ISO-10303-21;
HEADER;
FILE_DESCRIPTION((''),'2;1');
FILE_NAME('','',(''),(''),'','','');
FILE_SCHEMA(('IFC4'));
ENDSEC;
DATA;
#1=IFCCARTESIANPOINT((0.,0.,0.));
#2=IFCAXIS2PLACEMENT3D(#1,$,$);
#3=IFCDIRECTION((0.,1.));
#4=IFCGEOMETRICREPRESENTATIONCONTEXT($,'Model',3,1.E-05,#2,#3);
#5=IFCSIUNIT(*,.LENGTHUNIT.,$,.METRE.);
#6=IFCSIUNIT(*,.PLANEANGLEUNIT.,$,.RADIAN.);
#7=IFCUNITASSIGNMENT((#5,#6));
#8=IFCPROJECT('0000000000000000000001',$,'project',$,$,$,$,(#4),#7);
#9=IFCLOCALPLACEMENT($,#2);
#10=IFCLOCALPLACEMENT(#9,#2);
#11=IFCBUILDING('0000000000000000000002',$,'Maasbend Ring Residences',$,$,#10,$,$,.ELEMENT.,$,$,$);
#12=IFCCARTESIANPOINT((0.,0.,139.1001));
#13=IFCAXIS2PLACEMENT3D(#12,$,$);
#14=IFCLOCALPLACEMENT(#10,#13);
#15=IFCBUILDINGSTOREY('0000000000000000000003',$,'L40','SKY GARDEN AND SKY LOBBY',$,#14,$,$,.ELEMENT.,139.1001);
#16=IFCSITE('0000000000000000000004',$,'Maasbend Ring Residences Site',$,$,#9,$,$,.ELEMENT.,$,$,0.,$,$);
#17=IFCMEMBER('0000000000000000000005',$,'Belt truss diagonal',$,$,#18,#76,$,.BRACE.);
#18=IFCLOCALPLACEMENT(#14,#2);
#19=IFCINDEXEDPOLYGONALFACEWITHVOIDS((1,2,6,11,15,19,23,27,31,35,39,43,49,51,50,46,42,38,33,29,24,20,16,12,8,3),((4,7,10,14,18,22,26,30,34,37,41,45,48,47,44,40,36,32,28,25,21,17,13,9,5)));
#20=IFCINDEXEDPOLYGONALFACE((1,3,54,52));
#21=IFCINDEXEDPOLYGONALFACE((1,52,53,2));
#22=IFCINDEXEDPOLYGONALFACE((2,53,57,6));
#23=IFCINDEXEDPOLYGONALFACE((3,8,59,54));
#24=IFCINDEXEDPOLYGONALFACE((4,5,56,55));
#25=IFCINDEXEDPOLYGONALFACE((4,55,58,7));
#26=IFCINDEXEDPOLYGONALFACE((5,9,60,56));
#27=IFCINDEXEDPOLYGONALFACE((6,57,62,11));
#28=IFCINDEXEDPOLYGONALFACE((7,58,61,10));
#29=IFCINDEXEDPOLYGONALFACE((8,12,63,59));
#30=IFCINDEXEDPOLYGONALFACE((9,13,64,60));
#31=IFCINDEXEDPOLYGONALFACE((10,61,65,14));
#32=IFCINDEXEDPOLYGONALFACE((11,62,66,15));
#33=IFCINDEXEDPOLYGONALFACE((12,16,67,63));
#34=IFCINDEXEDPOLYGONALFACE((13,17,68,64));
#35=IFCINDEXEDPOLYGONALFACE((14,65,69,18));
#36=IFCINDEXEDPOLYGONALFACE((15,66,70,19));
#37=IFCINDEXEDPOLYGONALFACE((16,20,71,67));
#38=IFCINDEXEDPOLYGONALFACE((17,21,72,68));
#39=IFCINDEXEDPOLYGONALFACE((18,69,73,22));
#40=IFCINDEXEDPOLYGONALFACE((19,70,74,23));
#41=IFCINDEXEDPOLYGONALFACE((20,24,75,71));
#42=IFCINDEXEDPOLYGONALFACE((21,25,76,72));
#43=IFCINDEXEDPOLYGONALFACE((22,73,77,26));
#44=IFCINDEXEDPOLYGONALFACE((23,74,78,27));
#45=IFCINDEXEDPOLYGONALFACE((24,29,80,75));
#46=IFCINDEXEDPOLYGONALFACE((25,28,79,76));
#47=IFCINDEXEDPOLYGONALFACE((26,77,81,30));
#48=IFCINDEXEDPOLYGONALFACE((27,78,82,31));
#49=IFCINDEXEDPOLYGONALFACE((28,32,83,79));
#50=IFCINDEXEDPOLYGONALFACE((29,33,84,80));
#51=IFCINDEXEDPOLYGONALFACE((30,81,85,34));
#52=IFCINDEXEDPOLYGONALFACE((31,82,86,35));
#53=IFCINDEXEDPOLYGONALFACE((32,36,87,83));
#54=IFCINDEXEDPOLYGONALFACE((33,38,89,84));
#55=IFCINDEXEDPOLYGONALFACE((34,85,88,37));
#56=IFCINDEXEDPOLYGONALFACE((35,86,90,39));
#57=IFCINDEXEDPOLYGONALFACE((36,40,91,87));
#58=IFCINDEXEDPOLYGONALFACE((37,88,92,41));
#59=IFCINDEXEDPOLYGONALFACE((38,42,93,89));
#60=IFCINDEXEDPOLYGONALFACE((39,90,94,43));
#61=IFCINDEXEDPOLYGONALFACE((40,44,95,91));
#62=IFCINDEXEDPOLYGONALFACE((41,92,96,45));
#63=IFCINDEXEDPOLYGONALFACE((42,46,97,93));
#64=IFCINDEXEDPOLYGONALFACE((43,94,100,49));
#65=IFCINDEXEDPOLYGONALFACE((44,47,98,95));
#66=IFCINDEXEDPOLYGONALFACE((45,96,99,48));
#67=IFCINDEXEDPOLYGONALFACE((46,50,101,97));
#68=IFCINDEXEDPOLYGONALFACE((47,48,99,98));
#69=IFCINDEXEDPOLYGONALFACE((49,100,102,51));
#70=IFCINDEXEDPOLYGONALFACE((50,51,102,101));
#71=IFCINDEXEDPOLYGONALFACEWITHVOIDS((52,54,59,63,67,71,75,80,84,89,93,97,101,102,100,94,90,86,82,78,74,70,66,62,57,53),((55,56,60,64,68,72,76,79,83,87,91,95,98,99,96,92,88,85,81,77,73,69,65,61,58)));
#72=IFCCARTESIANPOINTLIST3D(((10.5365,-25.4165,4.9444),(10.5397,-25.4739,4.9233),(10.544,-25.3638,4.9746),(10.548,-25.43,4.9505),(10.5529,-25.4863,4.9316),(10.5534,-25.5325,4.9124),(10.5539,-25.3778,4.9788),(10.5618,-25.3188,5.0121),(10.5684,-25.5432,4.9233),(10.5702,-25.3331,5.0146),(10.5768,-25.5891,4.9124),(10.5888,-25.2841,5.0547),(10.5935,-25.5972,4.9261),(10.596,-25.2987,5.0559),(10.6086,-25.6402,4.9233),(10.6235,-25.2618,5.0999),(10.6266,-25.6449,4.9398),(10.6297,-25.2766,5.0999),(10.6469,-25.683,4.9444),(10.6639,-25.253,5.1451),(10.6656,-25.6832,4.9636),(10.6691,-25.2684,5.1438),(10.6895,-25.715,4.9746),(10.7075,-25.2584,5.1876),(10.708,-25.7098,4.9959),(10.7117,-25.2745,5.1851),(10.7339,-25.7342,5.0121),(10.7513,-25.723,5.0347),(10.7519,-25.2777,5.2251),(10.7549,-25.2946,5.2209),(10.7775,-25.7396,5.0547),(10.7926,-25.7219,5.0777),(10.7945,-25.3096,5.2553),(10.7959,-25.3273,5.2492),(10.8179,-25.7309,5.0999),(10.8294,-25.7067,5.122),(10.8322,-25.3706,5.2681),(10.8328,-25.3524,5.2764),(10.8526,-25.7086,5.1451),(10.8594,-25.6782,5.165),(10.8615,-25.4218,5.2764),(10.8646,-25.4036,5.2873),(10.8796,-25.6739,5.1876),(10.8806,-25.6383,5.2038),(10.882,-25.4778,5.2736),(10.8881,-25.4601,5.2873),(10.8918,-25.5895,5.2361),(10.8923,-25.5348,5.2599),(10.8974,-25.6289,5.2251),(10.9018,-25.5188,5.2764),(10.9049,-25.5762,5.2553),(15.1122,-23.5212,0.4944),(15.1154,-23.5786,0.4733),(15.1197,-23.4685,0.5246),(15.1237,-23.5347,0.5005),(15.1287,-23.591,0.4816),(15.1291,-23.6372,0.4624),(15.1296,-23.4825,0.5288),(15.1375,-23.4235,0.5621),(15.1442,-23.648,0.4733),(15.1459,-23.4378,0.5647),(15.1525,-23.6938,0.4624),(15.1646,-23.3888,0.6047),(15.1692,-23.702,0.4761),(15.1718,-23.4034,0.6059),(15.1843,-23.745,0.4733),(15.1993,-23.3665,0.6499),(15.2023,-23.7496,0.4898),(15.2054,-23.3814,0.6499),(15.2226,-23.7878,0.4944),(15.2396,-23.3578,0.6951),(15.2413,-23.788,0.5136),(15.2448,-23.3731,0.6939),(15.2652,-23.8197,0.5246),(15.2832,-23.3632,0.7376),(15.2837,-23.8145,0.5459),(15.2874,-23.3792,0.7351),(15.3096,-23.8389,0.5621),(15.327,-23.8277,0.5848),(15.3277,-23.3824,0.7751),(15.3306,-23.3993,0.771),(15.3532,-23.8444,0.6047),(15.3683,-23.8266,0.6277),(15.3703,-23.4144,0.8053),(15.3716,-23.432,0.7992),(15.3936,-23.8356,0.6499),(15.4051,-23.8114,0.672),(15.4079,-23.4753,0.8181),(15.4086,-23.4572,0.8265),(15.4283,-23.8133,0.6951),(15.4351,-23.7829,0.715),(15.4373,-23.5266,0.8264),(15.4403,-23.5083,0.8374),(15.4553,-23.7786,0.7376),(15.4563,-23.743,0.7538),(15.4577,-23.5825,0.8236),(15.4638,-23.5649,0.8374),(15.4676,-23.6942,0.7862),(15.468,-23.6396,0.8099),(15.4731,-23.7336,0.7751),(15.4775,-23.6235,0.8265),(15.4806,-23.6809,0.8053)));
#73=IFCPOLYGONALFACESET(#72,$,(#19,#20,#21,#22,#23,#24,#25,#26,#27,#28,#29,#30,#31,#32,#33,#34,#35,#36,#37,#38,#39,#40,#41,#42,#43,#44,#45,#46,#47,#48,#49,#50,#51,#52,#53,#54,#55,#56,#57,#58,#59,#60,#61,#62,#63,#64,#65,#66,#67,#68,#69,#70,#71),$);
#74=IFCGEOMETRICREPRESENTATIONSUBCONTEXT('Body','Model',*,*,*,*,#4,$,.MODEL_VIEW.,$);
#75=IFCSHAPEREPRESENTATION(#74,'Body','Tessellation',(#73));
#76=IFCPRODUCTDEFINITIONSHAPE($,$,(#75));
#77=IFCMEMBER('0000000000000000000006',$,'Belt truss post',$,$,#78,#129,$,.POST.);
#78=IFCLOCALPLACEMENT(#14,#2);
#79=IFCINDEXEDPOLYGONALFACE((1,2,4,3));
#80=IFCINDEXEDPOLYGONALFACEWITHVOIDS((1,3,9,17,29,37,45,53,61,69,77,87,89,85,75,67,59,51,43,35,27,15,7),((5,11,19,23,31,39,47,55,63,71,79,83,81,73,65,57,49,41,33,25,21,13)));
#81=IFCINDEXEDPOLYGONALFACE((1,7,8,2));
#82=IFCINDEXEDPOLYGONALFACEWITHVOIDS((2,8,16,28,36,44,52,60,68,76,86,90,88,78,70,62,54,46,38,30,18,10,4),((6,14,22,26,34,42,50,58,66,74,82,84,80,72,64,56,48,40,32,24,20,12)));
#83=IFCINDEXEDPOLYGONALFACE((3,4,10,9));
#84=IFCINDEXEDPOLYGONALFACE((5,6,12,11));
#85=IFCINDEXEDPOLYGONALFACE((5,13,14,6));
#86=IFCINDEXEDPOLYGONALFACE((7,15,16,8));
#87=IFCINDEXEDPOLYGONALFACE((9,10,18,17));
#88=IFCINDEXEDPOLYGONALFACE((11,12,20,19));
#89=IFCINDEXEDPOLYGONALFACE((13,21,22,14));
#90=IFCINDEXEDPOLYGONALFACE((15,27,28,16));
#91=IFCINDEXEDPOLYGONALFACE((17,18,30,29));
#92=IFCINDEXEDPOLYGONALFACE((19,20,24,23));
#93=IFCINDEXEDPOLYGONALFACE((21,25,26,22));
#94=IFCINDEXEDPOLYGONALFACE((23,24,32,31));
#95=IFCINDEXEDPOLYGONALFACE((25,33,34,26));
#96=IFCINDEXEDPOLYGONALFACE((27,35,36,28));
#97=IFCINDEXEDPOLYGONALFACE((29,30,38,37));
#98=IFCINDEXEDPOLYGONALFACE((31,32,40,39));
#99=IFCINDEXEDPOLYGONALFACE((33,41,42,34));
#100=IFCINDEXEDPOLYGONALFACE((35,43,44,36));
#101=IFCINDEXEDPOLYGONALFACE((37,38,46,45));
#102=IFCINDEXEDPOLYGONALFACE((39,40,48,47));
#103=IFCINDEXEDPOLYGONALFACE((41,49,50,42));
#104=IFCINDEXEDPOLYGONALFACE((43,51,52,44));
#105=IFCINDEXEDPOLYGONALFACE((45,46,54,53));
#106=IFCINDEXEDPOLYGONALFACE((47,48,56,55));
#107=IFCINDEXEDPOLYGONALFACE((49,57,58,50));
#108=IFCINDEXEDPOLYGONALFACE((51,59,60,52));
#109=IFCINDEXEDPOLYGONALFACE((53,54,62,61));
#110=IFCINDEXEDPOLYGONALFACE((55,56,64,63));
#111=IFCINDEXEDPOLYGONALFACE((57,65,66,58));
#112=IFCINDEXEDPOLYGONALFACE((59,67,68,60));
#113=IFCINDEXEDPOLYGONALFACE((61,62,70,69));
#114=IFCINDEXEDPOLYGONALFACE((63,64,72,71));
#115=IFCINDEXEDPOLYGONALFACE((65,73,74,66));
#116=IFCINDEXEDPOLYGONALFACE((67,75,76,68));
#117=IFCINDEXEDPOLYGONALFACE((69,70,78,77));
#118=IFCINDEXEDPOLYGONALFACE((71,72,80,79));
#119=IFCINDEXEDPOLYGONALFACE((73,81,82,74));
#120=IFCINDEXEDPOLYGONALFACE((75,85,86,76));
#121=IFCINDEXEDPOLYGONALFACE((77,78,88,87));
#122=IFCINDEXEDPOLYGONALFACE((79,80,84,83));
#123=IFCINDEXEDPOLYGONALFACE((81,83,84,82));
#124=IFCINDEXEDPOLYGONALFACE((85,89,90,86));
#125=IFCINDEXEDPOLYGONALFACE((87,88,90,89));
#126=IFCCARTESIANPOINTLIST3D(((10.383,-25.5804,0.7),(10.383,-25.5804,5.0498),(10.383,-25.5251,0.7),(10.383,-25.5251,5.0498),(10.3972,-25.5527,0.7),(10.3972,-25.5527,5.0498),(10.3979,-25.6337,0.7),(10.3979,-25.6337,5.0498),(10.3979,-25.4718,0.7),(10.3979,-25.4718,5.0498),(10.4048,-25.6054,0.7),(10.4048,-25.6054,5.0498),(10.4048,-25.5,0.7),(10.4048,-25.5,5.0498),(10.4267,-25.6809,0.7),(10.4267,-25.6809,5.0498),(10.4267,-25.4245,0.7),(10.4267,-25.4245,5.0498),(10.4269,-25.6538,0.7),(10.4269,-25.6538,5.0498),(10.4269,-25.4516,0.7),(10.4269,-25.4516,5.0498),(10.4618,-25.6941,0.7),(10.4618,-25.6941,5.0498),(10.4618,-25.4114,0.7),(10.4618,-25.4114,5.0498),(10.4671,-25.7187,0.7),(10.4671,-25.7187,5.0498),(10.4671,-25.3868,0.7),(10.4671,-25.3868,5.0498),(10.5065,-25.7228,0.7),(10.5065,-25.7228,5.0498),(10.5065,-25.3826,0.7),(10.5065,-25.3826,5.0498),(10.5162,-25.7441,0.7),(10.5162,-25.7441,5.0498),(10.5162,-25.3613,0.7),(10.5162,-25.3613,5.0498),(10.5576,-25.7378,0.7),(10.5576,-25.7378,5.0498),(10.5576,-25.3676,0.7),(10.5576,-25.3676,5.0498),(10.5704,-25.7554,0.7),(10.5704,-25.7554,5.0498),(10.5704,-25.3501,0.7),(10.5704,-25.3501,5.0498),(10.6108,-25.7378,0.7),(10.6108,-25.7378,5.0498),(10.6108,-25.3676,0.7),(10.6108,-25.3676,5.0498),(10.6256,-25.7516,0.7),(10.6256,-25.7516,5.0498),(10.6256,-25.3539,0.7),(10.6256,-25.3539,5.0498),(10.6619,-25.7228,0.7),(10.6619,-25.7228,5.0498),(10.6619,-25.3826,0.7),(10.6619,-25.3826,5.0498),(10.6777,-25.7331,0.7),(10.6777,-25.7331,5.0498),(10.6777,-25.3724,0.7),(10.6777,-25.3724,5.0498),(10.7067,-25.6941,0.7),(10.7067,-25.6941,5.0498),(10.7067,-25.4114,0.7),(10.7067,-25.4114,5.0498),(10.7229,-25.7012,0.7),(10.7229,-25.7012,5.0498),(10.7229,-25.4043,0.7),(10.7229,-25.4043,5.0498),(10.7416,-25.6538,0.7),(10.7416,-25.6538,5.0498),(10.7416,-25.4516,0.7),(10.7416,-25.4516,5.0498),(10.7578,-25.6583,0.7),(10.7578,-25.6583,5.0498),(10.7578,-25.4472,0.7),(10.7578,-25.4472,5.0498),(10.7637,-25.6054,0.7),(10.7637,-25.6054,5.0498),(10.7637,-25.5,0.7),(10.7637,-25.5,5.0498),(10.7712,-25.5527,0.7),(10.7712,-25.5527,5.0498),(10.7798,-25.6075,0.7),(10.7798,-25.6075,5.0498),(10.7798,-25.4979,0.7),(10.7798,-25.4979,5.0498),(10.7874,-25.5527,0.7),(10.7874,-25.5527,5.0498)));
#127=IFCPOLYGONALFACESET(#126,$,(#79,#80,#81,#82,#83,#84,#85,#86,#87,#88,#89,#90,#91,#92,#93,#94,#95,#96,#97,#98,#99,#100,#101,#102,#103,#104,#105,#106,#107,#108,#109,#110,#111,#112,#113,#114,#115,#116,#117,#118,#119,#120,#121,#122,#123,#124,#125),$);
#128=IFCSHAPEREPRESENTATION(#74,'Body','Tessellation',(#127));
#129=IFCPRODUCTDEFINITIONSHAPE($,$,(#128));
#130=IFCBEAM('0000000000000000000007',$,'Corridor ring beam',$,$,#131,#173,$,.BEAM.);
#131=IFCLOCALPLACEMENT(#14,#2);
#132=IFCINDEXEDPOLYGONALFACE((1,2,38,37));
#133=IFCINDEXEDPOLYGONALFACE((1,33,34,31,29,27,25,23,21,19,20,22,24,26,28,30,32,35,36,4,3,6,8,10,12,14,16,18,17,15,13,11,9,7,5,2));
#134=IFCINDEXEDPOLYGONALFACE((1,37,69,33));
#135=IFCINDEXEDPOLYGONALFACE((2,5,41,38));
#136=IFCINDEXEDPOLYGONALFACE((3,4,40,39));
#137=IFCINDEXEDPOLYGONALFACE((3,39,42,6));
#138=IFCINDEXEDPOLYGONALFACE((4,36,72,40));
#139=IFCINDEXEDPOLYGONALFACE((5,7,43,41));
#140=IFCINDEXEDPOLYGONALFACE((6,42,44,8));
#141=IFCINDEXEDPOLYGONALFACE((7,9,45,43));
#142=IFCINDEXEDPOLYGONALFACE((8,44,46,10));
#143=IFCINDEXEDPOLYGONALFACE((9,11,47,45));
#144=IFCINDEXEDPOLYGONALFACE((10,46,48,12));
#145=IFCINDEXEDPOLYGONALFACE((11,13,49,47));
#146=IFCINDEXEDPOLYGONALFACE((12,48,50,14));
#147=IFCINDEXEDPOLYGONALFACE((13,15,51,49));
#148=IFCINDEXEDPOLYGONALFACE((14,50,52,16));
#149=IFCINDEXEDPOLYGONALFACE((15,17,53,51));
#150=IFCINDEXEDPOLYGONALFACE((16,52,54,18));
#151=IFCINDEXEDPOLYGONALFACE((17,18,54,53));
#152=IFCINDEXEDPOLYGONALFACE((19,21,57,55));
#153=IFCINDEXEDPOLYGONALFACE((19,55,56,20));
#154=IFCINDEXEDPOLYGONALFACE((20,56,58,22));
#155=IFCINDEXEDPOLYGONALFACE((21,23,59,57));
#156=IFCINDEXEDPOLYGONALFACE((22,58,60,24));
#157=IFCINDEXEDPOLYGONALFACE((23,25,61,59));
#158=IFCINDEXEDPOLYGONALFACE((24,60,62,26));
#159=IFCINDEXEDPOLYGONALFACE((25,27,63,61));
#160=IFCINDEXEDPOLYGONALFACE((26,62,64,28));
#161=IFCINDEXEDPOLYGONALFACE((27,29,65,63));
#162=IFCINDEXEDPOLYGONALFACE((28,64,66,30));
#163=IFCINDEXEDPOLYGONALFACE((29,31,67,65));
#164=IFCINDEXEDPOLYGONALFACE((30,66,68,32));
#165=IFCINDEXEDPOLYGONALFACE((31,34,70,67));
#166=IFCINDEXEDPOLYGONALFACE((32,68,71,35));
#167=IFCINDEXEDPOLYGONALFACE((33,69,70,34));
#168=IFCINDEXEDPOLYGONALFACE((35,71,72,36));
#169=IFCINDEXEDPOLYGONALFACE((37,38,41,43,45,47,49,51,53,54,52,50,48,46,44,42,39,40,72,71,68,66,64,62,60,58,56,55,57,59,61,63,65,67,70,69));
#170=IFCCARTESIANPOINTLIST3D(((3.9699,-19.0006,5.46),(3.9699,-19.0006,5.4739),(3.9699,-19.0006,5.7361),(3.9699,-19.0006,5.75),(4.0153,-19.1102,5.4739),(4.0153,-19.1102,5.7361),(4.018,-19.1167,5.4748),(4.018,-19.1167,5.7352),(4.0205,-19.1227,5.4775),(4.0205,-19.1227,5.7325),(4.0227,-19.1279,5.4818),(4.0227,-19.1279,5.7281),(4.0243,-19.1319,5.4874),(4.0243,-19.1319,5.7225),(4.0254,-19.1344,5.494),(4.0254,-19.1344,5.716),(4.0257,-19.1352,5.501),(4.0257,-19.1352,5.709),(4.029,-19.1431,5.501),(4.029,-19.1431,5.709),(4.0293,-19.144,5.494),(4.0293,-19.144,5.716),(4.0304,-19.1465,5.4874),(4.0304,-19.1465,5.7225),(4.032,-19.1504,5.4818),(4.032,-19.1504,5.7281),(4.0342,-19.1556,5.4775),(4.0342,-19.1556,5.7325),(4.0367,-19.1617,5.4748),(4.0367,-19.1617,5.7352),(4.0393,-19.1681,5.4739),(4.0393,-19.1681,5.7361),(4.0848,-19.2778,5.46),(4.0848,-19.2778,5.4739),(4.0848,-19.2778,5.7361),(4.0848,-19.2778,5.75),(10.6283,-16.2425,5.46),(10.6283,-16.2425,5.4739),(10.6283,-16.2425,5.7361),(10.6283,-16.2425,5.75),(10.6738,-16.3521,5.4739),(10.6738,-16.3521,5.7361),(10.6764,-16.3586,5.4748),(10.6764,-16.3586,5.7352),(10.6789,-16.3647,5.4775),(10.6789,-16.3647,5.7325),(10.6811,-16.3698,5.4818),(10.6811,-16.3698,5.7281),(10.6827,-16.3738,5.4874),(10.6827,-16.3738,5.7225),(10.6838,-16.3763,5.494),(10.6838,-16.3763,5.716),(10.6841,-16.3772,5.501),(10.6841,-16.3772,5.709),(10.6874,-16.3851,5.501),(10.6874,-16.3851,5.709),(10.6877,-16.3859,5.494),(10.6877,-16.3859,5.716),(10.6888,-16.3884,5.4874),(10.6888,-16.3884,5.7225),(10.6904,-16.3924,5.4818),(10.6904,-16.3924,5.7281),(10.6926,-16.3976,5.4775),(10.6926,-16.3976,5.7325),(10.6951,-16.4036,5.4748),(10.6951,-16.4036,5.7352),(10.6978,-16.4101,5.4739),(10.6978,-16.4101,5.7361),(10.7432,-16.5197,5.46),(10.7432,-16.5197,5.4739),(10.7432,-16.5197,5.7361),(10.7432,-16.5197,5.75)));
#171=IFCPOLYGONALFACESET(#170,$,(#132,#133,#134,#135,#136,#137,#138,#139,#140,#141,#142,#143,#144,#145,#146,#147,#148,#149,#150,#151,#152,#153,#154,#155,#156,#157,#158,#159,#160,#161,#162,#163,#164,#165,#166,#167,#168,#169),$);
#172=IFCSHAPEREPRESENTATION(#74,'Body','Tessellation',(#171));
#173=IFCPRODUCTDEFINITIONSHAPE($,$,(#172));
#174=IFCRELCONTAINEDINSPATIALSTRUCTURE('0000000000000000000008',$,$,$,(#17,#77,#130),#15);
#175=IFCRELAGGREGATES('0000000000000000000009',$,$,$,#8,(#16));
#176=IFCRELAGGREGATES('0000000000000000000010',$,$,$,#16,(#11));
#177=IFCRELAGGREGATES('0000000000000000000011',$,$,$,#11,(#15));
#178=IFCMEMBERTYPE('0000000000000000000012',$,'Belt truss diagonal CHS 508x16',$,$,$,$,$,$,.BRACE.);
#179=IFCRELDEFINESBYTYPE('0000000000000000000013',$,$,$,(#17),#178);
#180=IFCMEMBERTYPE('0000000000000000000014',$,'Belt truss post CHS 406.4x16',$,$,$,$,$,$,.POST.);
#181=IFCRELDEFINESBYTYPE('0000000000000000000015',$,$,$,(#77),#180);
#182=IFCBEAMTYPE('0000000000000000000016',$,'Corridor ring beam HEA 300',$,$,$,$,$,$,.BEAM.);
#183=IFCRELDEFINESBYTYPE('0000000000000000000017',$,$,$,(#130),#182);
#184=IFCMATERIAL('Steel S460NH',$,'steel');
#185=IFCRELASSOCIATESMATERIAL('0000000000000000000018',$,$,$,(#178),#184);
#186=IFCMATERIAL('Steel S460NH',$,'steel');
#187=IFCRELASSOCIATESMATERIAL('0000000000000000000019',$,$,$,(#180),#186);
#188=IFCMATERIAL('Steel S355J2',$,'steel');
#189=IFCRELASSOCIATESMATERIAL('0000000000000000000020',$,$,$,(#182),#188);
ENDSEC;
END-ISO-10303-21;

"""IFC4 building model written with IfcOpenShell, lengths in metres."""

from ifc_helpers import new_model, si_unit, direction, frame, origin, origin_2d, place, context, subcontext, project, spatial, hollow_circle, i_section, extrude, material, material_profile, profile_set, type_object, element, save


model = new_model("IFC4")

# Units and contexts
model_context = context("Model", 3, precision=1e-05, world=origin(), true_north=direction((0.0, 1.0)))
body_context = subcontext(model_context, "Body", "Model", "MODEL_VIEW")
ifc_project = project(units=[si_unit("LENGTHUNIT", "METRE"), si_unit("PLANEANGLEUNIT", "RADIAN")], contexts=[model_context])

# Site, building, storey
site_placement = place(None, origin())
site = spatial("IfcSite", under=ifc_project, at=site_placement, Name="Maasbend Ring Residences Site", CompositionType="ELEMENT", RefElevation=0.0)
building_placement = place(site_placement, origin())
building = spatial("IfcBuilding", under=site, at=building_placement, Name="Maasbend Ring Residences", CompositionType="ELEMENT")
storey_placement = place(building_placement, frame((0.0, 0.0, 139.1001)))
storey = spatial("IfcBuildingStorey", under=building, at=storey_placement, Name="L40", Description="SKY GARDEN AND SKY LOBBY", CompositionType="ELEMENT", Elevation=139.1001)

# Members
ifc_material_1 = material(Name="Steel S460NH", Category="steel")
ifc_material_profile_1 = material_profile(ifc_material_1, hollow_circle(Radius=0.2539, WallThickness=0.0161, at=origin_2d()), Name="Belt truss diagonal CHS 508x16")
ifc_profile_set_1 = profile_set([ifc_material_profile_1], Name="Steel S460NH")
member_type_1 = type_object("IfcMemberType", Name="Belt truss diagonal CHS 508x16", PredefinedType="BRACE", material=ifc_profile_set_1)
for number, where, z_axis, x_axis, name in (
    (1, (10.7207, -25.4963, 5.0999), (0.68723, 0.284653, -0.668346), (-0.382675, 0.923883, 0.0), "Belt truss diagonal"),
):
    element("IfcMember", number, at=place(storey_placement, frame(where, z_axis=z_axis, x_axis=x_axis)), inside=storey, type_object=member_type_1, Name=name, PredefinedType="BRACE", context=body_context, shape_type="SweptSolid", body=[
        extrude(hollow_circle(Radius=0.2539, WallThickness=0.0161, at=origin_2d()), origin(), (0.0, 0.0, 1.0), 6.6582),
    ])
ifc_material_2 = material(Name="Steel S460NH", Category="steel")
ifc_material_profile_2 = material_profile(ifc_material_2, hollow_circle(Radius=0.2031, WallThickness=0.0161, at=origin_2d()), Name="Belt truss post CHS 406.4x16")
ifc_profile_set_2 = profile_set([ifc_material_profile_2], Name="Steel S460NH")
member_type_2 = type_object("IfcMemberType", Name="Belt truss post CHS 406.4x16", PredefinedType="POST", material=ifc_profile_set_2)
member_1_placement = place(storey_placement, frame((10.5842, -25.5527, 0.7), z_axis=(0.0, 0.0, 1.0), x_axis=(1.0, 0.0, 0.0)))
element("IfcMember", 2, at=member_1_placement, inside=storey, type_object=member_type_2, Name="Belt truss post", PredefinedType="POST", context=body_context, shape_type="SweptSolid", body=[
    extrude(hollow_circle(Radius=0.2031, WallThickness=0.0161, at=origin_2d()), origin(), (0.0, 0.0, 1.0), 4.3499),
])

# Beam
ifc_material_3 = material(Name="Steel S355J2", Category="steel")
ifc_material_profile_3 = material_profile(ifc_material_3, i_section(OverallWidth=0.3, OverallDepth=0.29, WebThickness=0.0085, FlangeThickness=0.0139, FilletRadius=0.0271, at=origin_2d()), Name="HEA 300")
ifc_profile_set_3 = profile_set([ifc_material_profile_3], Name="Steel S355J2")
beam_type_1 = type_object("IfcBeamType", Name="Corridor ring beam HEA 300", PredefinedType="BEAM", material=ifc_profile_set_3)
for number, where, z_axis, x_axis, name in (
    (3, (4.0273, -19.1392, 5.605), (0.923878, 0.382688, 0.0), (-0.382688, 0.923878, 0.0), "Corridor ring beam"),
):
    element("IfcBeam", number, at=place(storey_placement, frame(where, z_axis=z_axis, x_axis=x_axis)), inside=storey, type_object=beam_type_1, Name=name, PredefinedType="BEAM", context=body_context, shape_type="SweptSolid", body=[
        extrude(i_section(OverallWidth=0.3, OverallDepth=0.29, WebThickness=0.0085, FlangeThickness=0.0139, FilletRadius=0.0271, at=origin_2d()), origin(), (0.0, 0.0, 1.0), 7.207),
    ])

save(model, "model.ifc")
